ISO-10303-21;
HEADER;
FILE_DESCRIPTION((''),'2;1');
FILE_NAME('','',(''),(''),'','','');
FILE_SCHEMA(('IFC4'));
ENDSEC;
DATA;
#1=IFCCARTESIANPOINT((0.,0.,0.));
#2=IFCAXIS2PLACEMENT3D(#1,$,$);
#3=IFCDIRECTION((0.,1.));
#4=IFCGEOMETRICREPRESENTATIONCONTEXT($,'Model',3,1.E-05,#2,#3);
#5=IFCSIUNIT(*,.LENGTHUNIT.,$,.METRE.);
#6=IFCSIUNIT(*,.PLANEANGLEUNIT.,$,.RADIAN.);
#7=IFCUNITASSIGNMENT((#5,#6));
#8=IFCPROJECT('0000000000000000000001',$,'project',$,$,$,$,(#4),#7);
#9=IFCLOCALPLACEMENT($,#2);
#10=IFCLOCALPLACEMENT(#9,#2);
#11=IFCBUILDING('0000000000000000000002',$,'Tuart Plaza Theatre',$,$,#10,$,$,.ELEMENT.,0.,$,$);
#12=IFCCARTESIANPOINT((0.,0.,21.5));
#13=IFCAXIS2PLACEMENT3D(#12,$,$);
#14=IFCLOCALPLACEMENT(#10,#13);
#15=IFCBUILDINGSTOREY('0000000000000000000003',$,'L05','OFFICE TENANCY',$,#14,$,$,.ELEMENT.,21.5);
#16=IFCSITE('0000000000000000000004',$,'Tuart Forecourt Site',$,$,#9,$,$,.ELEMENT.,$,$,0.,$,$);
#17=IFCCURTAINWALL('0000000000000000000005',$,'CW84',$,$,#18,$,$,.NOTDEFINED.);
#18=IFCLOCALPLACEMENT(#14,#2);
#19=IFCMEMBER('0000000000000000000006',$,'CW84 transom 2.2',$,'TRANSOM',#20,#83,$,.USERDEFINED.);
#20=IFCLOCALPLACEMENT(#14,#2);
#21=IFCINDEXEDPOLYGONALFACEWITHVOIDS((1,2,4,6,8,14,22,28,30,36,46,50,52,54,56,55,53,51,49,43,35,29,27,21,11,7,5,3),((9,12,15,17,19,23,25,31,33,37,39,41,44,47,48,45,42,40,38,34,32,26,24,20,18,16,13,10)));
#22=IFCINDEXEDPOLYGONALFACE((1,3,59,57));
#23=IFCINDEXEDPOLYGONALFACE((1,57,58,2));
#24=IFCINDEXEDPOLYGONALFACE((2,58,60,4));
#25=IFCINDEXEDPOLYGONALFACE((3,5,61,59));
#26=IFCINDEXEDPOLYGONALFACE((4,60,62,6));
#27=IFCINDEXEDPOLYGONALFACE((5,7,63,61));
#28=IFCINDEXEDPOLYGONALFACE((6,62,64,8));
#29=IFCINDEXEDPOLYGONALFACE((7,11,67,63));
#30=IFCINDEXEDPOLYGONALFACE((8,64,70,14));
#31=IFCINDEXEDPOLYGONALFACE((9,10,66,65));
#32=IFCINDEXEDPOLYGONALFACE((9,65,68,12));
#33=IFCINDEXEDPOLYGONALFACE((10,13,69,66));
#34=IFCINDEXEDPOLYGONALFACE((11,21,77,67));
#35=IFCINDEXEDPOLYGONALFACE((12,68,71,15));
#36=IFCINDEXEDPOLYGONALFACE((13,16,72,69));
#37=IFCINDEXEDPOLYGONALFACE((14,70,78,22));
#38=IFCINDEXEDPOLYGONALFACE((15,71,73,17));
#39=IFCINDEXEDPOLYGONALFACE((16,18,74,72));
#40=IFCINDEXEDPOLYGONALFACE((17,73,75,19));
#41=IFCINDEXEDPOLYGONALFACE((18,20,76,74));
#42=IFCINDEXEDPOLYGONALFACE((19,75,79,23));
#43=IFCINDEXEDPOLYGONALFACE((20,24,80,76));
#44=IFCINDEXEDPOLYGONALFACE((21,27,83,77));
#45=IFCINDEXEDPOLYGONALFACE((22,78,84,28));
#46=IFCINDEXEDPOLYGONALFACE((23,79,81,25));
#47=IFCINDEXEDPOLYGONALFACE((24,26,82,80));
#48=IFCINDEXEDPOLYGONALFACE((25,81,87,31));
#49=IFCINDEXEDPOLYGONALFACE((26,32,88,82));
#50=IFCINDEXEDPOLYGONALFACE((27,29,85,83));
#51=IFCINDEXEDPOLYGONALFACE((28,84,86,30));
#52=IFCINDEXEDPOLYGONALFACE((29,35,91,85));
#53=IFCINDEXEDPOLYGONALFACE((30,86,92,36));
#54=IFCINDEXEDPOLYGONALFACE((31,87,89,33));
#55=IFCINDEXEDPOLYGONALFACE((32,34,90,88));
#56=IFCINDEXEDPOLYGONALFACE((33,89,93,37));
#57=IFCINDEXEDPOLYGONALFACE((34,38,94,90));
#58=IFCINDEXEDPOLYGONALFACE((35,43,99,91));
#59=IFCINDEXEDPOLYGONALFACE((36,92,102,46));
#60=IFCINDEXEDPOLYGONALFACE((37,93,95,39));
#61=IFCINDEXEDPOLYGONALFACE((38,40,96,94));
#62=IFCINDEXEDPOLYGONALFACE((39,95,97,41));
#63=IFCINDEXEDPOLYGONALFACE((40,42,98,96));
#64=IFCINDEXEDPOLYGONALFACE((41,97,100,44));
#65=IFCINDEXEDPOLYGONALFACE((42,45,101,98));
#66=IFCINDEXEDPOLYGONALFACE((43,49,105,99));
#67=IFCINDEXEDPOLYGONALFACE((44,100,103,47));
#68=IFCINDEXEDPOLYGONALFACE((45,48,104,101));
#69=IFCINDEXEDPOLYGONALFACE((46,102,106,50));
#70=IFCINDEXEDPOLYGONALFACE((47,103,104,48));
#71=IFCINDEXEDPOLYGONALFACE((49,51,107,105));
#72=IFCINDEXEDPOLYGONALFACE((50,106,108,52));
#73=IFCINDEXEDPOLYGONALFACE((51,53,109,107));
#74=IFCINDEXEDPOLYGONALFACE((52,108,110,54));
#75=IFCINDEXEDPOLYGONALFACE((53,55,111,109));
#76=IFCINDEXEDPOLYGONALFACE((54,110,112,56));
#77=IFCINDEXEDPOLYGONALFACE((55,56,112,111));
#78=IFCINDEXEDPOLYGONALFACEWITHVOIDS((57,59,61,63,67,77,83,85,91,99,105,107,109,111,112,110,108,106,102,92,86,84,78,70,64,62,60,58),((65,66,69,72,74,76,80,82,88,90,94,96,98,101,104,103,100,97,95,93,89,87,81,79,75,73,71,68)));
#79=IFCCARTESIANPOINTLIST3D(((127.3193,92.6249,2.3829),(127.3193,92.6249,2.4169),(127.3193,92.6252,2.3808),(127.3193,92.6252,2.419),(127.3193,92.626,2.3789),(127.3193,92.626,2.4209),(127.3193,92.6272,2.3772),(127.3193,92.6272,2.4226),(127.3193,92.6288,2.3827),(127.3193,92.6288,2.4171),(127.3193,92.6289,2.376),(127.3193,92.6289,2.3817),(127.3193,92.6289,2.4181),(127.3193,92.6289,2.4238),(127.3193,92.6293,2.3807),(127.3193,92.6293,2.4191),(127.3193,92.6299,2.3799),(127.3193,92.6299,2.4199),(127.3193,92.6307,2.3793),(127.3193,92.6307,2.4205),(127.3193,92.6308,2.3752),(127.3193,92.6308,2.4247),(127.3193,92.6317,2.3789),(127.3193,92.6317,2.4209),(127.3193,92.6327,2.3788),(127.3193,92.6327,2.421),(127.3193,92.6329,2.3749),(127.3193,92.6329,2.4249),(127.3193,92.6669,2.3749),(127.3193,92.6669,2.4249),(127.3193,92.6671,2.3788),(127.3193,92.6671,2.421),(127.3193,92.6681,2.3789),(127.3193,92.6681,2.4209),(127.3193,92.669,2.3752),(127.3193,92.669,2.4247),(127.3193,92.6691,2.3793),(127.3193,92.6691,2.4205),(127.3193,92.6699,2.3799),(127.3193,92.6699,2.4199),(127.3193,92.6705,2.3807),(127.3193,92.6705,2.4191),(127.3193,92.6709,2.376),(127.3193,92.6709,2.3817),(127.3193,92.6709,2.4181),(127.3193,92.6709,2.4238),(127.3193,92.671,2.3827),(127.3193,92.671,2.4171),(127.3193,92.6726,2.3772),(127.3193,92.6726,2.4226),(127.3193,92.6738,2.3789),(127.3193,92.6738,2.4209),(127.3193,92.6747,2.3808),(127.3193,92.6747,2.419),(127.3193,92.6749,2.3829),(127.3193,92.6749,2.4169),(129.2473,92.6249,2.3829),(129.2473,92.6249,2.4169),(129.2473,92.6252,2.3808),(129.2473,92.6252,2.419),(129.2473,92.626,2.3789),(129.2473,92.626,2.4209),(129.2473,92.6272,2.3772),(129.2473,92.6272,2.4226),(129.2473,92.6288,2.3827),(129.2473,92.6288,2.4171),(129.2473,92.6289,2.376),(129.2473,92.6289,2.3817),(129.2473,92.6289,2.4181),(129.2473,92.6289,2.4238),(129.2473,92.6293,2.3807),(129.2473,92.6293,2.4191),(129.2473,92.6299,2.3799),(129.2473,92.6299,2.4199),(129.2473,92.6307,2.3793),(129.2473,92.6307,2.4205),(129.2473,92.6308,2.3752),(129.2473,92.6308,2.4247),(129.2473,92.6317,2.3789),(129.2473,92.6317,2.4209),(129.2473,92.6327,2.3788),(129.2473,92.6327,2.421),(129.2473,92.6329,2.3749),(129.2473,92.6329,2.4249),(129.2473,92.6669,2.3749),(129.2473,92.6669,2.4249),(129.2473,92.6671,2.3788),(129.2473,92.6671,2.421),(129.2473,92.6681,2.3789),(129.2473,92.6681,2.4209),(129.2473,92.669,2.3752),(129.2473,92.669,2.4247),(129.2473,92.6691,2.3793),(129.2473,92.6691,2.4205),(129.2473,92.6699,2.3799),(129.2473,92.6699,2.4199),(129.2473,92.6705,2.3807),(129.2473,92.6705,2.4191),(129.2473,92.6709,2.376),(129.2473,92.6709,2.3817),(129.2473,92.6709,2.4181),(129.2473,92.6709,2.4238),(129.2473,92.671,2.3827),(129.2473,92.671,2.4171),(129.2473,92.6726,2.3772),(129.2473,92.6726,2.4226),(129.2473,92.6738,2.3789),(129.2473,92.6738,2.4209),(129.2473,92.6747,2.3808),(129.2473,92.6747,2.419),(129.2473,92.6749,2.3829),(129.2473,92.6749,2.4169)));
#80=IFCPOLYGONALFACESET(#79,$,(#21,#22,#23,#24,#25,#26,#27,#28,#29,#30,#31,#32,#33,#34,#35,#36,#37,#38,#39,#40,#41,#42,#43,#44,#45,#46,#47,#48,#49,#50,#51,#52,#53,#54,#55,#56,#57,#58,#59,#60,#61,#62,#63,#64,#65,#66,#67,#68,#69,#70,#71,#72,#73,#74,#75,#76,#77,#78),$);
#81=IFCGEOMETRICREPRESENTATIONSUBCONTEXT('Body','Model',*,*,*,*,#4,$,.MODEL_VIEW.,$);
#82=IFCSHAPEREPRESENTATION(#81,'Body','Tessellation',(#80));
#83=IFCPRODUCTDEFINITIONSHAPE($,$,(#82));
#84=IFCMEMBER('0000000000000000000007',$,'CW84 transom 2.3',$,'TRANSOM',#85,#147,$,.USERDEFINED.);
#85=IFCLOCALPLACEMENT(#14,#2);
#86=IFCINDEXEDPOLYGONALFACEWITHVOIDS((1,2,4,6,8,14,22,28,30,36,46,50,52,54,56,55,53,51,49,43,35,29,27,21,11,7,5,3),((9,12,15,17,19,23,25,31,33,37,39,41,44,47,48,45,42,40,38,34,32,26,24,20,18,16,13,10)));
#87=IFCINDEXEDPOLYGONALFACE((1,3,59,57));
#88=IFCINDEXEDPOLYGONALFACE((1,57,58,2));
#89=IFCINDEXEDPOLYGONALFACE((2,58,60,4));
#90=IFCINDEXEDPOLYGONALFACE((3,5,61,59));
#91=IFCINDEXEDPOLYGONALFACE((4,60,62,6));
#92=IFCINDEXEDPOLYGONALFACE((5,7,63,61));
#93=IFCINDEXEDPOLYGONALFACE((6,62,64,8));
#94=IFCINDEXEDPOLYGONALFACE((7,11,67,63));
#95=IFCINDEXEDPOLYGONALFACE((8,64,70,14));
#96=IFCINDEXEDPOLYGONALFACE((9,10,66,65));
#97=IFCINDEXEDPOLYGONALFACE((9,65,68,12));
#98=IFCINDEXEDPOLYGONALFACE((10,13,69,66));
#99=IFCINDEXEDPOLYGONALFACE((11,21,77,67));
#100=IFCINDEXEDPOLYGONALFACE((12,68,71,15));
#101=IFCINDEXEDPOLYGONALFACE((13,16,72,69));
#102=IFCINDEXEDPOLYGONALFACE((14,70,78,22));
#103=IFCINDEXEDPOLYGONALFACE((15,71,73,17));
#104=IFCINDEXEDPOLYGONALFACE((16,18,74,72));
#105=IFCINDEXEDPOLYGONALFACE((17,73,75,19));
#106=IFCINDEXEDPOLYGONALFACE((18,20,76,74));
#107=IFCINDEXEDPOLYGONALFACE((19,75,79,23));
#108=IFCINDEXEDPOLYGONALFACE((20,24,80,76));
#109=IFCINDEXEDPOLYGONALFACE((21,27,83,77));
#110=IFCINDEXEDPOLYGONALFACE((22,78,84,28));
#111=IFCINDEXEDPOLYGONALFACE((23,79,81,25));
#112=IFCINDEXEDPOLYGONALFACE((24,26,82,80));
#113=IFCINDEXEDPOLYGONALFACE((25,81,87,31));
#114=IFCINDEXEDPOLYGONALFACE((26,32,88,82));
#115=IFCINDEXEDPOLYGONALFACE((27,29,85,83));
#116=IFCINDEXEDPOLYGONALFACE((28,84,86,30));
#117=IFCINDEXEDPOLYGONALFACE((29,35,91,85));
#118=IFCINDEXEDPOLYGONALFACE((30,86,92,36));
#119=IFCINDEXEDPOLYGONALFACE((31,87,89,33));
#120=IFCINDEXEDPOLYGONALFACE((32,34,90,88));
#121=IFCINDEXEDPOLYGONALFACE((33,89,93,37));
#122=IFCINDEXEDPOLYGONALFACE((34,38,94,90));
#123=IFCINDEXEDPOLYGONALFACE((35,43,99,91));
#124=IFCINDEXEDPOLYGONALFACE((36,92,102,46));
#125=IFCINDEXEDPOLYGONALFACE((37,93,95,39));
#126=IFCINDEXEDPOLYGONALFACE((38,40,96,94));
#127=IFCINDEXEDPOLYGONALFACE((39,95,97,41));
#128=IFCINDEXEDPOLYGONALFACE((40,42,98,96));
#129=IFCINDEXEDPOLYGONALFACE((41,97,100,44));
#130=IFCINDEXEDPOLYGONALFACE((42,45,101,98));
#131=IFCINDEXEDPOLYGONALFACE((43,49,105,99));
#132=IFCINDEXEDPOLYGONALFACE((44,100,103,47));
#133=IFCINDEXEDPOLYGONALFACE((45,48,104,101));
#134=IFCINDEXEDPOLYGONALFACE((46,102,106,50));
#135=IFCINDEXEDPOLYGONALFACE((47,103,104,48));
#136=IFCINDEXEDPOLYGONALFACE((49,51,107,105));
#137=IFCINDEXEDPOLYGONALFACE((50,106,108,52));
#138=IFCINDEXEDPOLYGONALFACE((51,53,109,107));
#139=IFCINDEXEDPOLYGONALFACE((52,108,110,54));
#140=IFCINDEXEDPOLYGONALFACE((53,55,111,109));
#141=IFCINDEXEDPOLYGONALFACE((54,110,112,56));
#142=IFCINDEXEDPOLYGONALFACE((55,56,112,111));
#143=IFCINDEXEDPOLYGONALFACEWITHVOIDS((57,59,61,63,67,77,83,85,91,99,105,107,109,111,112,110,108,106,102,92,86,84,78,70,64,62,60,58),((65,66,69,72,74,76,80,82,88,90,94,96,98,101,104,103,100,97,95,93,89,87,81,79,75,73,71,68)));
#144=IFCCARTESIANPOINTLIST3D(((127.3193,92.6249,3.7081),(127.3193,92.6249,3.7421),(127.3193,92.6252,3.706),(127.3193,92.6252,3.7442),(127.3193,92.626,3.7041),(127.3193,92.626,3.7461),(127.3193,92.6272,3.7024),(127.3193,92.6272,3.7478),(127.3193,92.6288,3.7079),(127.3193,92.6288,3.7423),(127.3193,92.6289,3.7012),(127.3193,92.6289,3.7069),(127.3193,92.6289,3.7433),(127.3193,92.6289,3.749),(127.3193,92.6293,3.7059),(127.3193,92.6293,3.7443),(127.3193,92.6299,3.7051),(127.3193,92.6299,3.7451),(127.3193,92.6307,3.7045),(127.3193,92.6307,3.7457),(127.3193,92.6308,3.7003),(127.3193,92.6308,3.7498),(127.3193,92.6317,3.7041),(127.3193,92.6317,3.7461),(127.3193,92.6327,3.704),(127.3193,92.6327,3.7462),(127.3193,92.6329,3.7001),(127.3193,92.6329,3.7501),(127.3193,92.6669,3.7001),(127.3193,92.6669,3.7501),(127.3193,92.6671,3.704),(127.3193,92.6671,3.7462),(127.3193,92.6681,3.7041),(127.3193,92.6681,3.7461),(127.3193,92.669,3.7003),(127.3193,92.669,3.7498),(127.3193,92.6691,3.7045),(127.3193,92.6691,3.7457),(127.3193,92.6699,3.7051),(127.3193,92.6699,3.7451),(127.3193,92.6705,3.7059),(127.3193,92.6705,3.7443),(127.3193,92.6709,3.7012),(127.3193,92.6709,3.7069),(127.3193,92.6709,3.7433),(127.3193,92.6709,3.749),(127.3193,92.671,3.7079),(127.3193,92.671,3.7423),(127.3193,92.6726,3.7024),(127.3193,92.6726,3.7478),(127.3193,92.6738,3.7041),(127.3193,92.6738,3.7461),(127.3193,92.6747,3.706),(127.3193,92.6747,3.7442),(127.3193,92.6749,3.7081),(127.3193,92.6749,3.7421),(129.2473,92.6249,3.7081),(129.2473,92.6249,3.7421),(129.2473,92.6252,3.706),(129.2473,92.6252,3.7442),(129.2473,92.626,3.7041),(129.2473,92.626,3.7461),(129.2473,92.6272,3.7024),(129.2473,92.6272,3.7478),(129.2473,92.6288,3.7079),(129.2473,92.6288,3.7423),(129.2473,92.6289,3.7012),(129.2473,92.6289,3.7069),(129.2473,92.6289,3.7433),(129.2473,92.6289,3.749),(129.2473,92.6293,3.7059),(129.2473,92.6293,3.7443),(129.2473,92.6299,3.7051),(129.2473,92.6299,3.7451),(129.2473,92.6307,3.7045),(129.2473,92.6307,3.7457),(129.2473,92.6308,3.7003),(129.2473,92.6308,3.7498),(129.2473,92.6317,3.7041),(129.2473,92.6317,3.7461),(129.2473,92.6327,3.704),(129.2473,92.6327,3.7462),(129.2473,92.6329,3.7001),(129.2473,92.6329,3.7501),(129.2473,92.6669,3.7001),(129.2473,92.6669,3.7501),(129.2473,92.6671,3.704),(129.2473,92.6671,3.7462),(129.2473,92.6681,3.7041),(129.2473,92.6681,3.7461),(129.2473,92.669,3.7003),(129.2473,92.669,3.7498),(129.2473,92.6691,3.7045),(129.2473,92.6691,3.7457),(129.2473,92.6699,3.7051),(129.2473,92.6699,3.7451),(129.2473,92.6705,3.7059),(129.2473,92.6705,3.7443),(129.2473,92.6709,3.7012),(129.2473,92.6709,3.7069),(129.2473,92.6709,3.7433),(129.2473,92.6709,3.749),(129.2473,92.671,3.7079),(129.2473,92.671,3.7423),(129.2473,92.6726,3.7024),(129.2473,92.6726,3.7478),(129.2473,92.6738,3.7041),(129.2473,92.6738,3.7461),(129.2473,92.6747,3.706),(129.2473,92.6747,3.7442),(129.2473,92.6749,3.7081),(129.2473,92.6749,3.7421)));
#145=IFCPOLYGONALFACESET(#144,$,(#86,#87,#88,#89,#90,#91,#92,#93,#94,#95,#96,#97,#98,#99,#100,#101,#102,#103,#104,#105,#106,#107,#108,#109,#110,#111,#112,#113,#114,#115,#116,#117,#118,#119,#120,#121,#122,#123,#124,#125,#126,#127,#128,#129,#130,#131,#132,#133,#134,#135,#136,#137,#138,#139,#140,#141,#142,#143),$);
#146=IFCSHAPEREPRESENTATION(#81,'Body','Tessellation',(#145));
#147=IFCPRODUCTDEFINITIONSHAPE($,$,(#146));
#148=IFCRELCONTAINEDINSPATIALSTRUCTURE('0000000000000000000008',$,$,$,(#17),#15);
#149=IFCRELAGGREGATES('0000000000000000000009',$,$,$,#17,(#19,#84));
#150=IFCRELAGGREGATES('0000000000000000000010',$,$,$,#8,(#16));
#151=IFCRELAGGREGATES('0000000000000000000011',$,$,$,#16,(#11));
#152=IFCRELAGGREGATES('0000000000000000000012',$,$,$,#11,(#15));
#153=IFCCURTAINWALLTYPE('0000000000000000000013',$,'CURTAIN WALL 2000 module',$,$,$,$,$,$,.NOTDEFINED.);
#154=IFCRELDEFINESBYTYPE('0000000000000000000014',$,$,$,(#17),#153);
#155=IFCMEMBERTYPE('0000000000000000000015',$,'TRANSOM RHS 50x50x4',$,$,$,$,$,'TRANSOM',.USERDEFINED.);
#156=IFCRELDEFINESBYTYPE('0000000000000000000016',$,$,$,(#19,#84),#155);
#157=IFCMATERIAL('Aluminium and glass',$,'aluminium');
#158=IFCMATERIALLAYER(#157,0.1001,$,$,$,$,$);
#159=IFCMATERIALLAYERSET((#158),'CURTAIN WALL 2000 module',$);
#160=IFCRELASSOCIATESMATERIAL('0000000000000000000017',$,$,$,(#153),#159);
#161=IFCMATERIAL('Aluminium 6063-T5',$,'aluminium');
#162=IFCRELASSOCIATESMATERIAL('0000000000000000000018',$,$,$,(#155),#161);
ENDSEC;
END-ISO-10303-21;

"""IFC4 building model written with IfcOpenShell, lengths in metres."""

from ifc_helpers import new_model, si_unit, direction, frame, origin, origin_2d, place, context, subcontext, project, spatial, hollow_rectangle, extrude, material, layer, layer_set, material_profile, profile_set, type_object, element, aggregate, save


model = new_model("IFC4")

# Units and contexts
model_context = context("Model", 3, precision=1e-05, world=origin(), true_north=direction((0.0, 1.0)))
body_context = subcontext(model_context, "Body", "Model", "MODEL_VIEW")
ifc_project = project(units=[si_unit("LENGTHUNIT", "METRE"), si_unit("PLANEANGLEUNIT", "RADIAN")], contexts=[model_context])

# Site, building, storey
site_placement = place(None, origin())
site = spatial("IfcSite", under=ifc_project, at=site_placement, Name="Tuart Forecourt Site", CompositionType="ELEMENT", RefElevation=0.0)
building_placement = place(site_placement, origin())
building = spatial("IfcBuilding", under=site, at=building_placement, Name="Tuart Plaza Theatre", CompositionType="ELEMENT", ElevationOfRefHeight=0.0)
storey_placement = place(building_placement, frame((0.0, 0.0, 21.5)))
storey = spatial("IfcBuildingStorey", under=building, at=storey_placement, Name="L05", Description="OFFICE TENANCY", CompositionType="ELEMENT", Elevation=21.5)

# Shared definitions
ifc_material_1 = material(Name="Aluminium and glass", Category="aluminium")
ifc_layer_1 = layer(ifc_material_1, 0.1001)
ifc_layer_set_1 = layer_set([ifc_layer_1], Name="CURTAIN WALL 2000 module")
curtain_wall_type = type_object("IfcCurtainWallType", Name="CURTAIN WALL 2000 module", PredefinedType="NOTDEFINED", material=ifc_layer_set_1)

# Curtain wall
curtain_wall_1_placement = place(storey_placement, origin())
curtain_wall_1 = element("IfcCurtainWall", 1, at=curtain_wall_1_placement, inside=storey, type_object=curtain_wall_type, Name="CW84", PredefinedType="NOTDEFINED")

# Members
ifc_material_2 = material(Name="Aluminium 6063-T5", Category="aluminium")
ifc_material_profile_1 = material_profile(ifc_material_2, hollow_rectangle(XDim=0.05, YDim=0.05, WallThickness=0.0039, InnerFilletRadius=0.0039, OuterFilletRadius=0.0081, at=origin_2d()), Name="RHS 50x50x4")
ifc_profile_set_1 = profile_set([ifc_material_profile_1], Name="Aluminium 6063-T5")
member_type_1 = type_object("IfcMemberType", Name="TRANSOM RHS 50x50x4", ElementType="TRANSOM", PredefinedType="USERDEFINED", material=ifc_profile_set_1)
member_1_placement = place(storey_placement, frame((129.2473, 92.6499, 2.3999), z_axis=(-1.0, 0.0, 0.0), x_axis=(0.0, -1.0, 0.0)))
member_1 = element("IfcMember", 2, at=member_1_placement, type_object=member_type_1, Name="CW84 transom 2.2", ObjectType="TRANSOM", PredefinedType="USERDEFINED", context=body_context, shape_type="SweptSolid", body=[
    extrude(hollow_rectangle(XDim=0.05, YDim=0.05, WallThickness=0.0039, InnerFilletRadius=0.0039, OuterFilletRadius=0.0081, at=origin_2d()), origin(), (0.0, 0.0, 1.0), 1.928),
])
member_2_placement = place(storey_placement, frame((129.2473, 92.6499, 3.7251), z_axis=(-1.0, 0.0, 0.0), x_axis=(0.0, -1.0, 0.0)))
member_2 = element("IfcMember", 3, at=member_2_placement, type_object=member_type_1, Name="CW84 transom 2.3", ObjectType="TRANSOM", PredefinedType="USERDEFINED", context=body_context, shape_type="SweptSolid", body=[
    extrude(hollow_rectangle(XDim=0.05, YDim=0.05, WallThickness=0.0039, InnerFilletRadius=0.0039, OuterFilletRadius=0.0081, at=origin_2d()), origin(), (0.0, 0.0, 1.0), 1.928),
])

aggregate(curtain_wall_1, [member_1, member_2])

save(model, "model.ifc")
